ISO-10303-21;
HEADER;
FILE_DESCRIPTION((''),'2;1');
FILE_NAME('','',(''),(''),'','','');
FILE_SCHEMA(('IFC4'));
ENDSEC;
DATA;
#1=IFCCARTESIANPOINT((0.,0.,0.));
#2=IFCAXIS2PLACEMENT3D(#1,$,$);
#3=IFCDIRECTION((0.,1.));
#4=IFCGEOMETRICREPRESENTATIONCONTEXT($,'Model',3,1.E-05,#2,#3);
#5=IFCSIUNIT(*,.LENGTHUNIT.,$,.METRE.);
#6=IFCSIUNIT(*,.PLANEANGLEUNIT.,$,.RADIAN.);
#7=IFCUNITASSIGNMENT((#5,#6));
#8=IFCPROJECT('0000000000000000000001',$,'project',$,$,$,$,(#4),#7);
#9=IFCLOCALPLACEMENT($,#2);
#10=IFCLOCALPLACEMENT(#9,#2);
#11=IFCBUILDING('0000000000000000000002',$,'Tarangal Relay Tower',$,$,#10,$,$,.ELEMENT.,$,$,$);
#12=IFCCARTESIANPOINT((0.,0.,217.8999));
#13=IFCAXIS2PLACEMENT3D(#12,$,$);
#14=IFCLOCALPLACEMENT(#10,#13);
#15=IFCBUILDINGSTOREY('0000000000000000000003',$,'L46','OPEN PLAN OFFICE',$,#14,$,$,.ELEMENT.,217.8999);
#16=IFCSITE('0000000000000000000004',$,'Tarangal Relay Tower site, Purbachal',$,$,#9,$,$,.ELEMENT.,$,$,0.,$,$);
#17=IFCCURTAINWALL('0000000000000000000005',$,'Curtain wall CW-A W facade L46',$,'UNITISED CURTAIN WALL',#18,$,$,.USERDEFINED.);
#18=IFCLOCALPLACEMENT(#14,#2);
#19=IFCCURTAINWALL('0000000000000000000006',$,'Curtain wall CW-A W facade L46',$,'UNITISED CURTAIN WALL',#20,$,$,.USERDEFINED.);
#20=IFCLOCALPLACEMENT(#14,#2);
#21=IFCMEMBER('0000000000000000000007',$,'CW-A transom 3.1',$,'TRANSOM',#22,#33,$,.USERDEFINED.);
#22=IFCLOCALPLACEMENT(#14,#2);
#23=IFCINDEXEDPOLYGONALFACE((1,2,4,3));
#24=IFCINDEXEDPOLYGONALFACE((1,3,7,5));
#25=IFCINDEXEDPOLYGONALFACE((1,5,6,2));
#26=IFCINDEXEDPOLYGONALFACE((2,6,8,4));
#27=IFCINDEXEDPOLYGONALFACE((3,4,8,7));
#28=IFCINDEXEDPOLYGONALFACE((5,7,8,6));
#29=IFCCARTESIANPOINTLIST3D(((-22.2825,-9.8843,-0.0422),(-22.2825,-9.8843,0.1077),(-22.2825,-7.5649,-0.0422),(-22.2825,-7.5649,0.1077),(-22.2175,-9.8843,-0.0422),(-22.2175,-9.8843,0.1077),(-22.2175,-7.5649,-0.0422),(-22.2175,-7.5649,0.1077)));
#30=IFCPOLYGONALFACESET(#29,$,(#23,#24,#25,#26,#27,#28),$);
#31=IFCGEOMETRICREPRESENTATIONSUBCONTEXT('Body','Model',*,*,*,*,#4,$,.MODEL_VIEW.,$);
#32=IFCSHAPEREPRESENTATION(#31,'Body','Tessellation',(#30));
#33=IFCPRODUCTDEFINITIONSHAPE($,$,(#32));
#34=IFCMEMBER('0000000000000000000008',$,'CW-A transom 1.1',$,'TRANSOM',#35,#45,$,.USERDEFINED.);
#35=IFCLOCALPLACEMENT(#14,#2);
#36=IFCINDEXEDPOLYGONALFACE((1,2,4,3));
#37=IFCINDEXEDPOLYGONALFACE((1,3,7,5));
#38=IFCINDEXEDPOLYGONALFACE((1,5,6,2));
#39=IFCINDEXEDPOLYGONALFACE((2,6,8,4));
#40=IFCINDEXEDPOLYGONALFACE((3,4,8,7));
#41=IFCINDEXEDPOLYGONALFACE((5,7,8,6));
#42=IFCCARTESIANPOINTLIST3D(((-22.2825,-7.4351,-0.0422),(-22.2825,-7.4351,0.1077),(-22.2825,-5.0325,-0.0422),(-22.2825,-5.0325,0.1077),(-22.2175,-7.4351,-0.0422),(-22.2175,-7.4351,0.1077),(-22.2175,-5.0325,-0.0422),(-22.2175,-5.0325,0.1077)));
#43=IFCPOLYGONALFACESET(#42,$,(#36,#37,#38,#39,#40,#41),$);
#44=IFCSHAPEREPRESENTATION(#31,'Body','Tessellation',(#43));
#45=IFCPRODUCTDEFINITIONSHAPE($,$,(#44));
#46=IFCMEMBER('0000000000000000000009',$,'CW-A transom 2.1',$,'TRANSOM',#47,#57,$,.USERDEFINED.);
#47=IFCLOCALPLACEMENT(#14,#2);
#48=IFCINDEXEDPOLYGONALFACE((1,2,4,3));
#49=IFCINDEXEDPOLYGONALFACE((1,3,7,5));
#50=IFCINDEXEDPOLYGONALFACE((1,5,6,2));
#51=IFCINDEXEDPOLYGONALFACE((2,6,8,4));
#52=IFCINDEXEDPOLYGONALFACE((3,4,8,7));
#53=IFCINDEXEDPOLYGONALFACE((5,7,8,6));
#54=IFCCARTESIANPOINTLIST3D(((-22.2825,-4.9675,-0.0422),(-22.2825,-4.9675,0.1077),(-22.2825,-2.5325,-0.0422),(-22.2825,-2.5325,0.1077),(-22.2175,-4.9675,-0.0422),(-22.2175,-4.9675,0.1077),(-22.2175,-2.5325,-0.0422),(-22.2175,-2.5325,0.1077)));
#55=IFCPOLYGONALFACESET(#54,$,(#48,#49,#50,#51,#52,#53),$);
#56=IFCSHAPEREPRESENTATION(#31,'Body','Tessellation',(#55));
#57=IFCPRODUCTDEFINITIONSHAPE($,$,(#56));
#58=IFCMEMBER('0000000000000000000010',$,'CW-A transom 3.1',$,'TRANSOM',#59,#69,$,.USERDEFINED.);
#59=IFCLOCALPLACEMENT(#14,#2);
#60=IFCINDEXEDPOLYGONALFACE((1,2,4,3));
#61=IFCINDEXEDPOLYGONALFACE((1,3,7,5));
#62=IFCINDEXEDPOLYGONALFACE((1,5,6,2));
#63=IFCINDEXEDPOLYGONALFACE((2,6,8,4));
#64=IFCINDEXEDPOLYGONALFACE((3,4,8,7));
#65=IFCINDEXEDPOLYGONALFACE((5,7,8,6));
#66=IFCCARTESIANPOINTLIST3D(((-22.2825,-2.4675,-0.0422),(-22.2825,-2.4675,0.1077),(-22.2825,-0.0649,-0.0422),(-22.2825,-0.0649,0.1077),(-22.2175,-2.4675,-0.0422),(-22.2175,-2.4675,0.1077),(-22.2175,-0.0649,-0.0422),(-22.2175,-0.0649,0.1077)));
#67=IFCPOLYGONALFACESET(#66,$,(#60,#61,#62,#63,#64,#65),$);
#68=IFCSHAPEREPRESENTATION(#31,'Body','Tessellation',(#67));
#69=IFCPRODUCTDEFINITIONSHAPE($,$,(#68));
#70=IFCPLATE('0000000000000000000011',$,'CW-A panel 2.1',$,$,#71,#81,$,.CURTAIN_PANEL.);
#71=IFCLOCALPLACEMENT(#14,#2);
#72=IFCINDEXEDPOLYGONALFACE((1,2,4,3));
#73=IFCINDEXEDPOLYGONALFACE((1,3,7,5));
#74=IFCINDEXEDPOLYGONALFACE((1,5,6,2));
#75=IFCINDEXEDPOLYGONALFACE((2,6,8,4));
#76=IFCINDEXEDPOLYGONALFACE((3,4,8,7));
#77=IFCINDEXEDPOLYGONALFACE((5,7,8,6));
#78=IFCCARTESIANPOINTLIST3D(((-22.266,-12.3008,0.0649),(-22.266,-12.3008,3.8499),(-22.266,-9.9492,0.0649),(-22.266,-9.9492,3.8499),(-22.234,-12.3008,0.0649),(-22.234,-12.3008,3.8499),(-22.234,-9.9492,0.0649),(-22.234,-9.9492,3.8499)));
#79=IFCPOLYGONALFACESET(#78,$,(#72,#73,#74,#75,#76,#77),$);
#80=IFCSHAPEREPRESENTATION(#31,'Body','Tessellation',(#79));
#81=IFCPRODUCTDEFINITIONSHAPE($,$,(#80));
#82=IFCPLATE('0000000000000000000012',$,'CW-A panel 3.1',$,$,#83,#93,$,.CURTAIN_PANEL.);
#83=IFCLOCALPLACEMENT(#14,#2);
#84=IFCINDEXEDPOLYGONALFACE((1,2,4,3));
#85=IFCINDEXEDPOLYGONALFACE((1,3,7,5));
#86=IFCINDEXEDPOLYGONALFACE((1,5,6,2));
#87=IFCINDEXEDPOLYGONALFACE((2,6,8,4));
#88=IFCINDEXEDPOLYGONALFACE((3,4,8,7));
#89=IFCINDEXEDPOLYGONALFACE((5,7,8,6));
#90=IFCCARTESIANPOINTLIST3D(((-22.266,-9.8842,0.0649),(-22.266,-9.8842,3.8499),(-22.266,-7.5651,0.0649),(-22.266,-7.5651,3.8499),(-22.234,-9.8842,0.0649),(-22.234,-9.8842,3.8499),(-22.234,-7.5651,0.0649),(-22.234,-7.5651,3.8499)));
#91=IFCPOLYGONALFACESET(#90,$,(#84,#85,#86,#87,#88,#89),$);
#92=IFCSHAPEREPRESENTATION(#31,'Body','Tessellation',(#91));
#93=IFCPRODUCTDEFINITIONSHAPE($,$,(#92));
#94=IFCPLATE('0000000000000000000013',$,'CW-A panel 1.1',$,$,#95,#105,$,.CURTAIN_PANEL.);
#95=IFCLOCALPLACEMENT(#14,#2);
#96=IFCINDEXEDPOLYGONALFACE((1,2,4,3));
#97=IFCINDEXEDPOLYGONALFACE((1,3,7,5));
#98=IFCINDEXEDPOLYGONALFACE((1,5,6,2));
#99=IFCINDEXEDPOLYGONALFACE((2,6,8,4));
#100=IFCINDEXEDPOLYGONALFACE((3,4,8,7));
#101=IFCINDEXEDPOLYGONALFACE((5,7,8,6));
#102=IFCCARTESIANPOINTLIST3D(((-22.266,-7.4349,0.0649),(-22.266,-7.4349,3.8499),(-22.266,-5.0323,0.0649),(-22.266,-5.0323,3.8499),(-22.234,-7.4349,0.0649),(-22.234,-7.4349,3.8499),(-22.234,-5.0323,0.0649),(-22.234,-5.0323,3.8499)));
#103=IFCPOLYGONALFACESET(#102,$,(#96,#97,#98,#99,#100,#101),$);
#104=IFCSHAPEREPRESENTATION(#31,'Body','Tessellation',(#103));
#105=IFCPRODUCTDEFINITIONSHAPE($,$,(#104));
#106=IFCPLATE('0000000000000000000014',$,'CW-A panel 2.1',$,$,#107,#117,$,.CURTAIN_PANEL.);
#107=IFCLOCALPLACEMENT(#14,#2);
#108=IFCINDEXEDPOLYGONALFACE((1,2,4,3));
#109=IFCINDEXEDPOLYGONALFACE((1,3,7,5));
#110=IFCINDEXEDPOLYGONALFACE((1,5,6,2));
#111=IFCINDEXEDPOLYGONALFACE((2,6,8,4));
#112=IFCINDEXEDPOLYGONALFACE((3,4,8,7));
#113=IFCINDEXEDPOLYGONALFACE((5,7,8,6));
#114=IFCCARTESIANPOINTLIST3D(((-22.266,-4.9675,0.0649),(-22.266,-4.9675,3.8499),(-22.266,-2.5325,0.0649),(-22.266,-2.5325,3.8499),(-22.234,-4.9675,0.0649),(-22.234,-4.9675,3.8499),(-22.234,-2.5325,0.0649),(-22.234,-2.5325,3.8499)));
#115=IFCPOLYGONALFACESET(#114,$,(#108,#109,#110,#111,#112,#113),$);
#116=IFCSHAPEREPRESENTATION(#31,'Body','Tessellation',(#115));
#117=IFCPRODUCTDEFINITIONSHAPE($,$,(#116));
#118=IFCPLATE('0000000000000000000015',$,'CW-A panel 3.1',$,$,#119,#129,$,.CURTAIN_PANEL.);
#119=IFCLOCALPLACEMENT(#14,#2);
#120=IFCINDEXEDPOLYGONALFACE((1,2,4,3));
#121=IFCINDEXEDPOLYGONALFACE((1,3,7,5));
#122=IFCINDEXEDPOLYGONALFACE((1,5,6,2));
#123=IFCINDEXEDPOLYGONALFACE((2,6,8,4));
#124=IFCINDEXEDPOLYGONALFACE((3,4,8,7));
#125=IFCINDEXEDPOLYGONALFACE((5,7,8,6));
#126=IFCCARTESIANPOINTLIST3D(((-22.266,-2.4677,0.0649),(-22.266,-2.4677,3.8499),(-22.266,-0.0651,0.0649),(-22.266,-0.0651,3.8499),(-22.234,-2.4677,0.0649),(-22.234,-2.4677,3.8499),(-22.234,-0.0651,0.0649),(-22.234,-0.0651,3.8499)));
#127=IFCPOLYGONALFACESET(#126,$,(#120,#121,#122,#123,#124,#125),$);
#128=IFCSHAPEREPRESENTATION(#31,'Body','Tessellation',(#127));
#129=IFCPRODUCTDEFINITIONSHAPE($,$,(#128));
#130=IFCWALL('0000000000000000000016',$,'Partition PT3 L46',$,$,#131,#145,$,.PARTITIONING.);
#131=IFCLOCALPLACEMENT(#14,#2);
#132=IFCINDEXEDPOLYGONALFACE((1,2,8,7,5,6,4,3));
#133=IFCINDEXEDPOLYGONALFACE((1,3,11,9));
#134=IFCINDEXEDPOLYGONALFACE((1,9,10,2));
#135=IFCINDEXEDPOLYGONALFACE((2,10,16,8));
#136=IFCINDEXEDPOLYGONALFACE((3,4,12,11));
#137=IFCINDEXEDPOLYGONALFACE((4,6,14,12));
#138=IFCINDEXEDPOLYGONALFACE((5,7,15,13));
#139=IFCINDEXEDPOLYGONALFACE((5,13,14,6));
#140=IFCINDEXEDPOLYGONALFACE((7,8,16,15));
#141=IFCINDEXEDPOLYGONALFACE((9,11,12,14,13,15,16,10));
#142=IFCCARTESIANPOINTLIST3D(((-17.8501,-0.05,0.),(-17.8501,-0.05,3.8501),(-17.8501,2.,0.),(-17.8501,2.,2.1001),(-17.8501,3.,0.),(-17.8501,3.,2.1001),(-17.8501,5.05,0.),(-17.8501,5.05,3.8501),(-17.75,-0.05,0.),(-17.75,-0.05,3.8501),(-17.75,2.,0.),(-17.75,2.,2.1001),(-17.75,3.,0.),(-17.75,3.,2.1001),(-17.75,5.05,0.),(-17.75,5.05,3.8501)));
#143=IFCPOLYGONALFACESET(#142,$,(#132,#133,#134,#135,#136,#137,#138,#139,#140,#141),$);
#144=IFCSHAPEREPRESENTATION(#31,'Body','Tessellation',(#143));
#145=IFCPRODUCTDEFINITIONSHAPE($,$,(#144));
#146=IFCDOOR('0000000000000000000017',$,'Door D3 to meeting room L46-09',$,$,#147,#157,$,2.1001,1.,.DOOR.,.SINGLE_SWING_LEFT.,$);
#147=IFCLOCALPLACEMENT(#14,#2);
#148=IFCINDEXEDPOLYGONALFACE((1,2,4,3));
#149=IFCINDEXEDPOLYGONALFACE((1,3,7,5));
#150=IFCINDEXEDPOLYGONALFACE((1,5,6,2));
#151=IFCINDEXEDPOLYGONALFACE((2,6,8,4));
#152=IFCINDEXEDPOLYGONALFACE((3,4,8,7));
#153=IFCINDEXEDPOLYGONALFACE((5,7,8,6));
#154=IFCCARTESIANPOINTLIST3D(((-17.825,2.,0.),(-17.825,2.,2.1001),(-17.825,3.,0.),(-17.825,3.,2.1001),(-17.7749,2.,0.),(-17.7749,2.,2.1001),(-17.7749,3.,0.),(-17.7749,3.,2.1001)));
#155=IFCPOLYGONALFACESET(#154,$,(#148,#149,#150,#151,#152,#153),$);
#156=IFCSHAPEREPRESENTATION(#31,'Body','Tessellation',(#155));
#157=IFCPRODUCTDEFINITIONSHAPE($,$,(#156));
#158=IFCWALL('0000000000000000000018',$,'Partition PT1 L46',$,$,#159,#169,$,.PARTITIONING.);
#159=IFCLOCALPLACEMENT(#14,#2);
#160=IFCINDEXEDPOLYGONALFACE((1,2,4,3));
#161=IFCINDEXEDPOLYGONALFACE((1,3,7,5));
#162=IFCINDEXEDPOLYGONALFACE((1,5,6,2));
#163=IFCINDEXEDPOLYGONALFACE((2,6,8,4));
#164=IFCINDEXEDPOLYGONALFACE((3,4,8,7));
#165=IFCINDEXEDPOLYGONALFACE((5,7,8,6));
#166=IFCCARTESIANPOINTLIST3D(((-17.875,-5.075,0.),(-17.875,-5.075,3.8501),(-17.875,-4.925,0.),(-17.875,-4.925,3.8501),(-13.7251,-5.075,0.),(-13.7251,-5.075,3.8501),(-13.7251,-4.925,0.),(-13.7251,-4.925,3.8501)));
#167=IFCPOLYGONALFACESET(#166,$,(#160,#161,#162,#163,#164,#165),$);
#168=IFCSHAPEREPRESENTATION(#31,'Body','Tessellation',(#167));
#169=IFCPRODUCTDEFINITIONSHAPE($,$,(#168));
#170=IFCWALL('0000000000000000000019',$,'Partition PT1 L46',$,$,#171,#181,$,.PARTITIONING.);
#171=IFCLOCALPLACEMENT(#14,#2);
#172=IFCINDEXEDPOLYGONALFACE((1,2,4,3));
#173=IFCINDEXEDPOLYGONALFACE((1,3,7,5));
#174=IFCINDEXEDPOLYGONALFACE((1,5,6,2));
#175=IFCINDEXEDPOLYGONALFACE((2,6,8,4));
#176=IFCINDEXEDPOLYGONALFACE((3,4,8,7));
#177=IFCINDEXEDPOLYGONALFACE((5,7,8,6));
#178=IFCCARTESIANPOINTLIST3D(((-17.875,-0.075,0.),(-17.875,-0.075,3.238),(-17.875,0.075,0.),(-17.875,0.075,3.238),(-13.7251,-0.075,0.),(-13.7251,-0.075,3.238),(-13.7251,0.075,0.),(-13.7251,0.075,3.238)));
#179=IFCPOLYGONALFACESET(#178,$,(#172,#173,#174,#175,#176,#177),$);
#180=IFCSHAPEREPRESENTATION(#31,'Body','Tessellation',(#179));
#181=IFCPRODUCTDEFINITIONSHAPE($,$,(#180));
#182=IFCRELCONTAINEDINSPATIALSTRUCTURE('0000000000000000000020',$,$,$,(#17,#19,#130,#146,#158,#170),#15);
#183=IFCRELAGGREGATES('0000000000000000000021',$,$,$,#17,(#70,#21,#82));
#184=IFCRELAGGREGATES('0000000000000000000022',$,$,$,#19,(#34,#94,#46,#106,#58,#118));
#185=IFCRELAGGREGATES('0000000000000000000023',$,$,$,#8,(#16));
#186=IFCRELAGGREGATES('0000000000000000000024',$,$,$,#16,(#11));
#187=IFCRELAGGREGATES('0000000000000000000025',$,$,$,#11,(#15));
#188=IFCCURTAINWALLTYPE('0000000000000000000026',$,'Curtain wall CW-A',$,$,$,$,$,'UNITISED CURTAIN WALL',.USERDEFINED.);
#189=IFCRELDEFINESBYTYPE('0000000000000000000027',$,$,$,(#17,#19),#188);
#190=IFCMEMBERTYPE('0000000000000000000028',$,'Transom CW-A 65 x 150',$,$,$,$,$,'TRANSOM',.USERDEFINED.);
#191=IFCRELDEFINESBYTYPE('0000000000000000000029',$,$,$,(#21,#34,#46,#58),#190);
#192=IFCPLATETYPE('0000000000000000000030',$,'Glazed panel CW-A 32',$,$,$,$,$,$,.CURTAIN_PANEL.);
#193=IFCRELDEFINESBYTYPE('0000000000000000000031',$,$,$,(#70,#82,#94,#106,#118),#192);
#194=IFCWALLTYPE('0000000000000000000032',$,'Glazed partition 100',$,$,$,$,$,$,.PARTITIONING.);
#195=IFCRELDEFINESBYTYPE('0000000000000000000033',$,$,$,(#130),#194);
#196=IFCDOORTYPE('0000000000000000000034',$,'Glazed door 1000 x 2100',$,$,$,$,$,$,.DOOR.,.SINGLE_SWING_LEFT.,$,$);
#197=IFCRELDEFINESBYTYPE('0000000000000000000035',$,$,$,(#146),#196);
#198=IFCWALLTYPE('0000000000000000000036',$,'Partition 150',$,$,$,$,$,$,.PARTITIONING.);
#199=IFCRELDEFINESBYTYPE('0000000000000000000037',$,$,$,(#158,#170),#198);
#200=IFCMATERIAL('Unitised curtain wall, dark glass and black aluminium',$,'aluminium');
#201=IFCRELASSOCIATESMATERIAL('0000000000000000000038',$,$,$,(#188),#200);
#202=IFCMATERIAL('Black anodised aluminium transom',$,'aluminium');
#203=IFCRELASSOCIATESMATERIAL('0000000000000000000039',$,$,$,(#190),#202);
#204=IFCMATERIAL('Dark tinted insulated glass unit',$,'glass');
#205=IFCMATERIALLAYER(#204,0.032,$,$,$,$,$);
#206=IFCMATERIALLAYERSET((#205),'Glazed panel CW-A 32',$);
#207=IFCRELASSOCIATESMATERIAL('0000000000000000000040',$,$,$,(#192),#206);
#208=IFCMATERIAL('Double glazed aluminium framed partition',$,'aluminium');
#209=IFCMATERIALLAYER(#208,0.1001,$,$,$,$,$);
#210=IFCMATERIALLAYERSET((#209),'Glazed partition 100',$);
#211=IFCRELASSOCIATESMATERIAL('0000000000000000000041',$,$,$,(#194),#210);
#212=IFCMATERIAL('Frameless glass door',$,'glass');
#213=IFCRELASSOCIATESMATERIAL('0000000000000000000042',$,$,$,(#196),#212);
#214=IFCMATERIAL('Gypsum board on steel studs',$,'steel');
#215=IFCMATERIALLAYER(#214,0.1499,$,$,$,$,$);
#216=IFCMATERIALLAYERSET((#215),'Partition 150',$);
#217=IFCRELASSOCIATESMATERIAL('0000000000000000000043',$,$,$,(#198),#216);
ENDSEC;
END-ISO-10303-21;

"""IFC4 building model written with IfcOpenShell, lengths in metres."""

from ifc_helpers import new_model, si_unit, direction, frame, frame_2d, origin, origin_2d, place, context, subcontext, project, spatial, rectangle, extrude, material, layer, layer_set, material_profile, profile_set, type_object, element, fill, aggregate, save


model = new_model("IFC4")

# Units and contexts
model_context = context("Model", 3, precision=1e-05, world=origin(), true_north=direction((0.0, 1.0)))
body_context = subcontext(model_context, "Body", "Model", "MODEL_VIEW")
ifc_project = project(units=[si_unit("LENGTHUNIT", "METRE"), si_unit("PLANEANGLEUNIT", "RADIAN")], contexts=[model_context])

# Site, building, storey
site_placement = place(None, origin())
site = spatial("IfcSite", under=ifc_project, at=site_placement, Name="Tarangal Relay Tower site, Purbachal", CompositionType="ELEMENT", RefElevation=0.0)
building_placement = place(site_placement, origin())
building = spatial("IfcBuilding", under=site, at=building_placement, Name="Tarangal Relay Tower", CompositionType="ELEMENT")
storey_placement = place(building_placement, frame((0.0, 0.0, 217.8999)))
storey = spatial("IfcBuildingStorey", under=building, at=storey_placement, Name="L46", Description="OPEN PLAN OFFICE", CompositionType="ELEMENT", Elevation=217.8999)

# Curtain walls
ifc_material_1 = material(Name="Unitised curtain wall, dark glass and black aluminium", Category="aluminium")
curtain_wall_type = type_object("IfcCurtainWallType", Name="Curtain wall CW-A", ElementType="UNITISED CURTAIN WALL", PredefinedType="USERDEFINED", material=ifc_material_1)
curtain_wall_1_placement = place(storey_placement, origin())
curtain_wall_1 = element("IfcCurtainWall", 1, at=curtain_wall_1_placement, inside=storey, type_object=curtain_wall_type, Name="Curtain wall CW-A W facade L46", ObjectType="UNITISED CURTAIN WALL", PredefinedType="USERDEFINED")
curtain_wall_2_placement = place(storey_placement, origin())
curtain_wall_2 = element("IfcCurtainWall", 2, at=curtain_wall_2_placement, inside=storey, type_object=curtain_wall_type, Name="Curtain wall CW-A W facade L46", ObjectType="UNITISED CURTAIN WALL", PredefinedType="USERDEFINED")

# Members
ifc_material_2 = material(Name="Black anodised aluminium transom", Category="aluminium")
ifc_material_profile_1 = material_profile(ifc_material_2, rectangle(XDim=0.0649, YDim=0.1499, at=origin_2d()), Name="CW-AT 65X150")
ifc_profile_set_1 = profile_set([ifc_material_profile_1], Name="Black anodised aluminium transom")
member_type_1 = type_object("IfcMemberType", Name="Transom CW-A 65 x 150", ElementType="TRANSOM", PredefinedType="USERDEFINED", material=ifc_profile_set_1)
member_1_placement = place(storey_placement, frame((-22.25, -9.8843, 0.0327), z_axis=(0.0, 1.0, 0.0), x_axis=(-1.0, 0.0, 0.0)))
member_1 = element("IfcMember", 3, at=member_1_placement, type_object=member_type_1, Name="CW-A transom 3.1", ObjectType="TRANSOM", PredefinedType="USERDEFINED", context=body_context, shape_type="SweptSolid", body=[
    extrude(rectangle(XDim=0.0649, YDim=0.1499, at=origin_2d()), origin(), (0.0, 0.0, 1.0), 2.3193),
])
member_2_placement = place(storey_placement, frame((-22.25, -7.4351, 0.0327), z_axis=(0.0, 1.0, 0.0), x_axis=(-1.0, 0.0, 0.0)))
member_2 = element("IfcMember", 4, at=member_2_placement, type_object=member_type_1, Name="CW-A transom 1.1", ObjectType="TRANSOM", PredefinedType="USERDEFINED", context=body_context, shape_type="SweptSolid", body=[
    extrude(rectangle(XDim=0.0649, YDim=0.1499, at=origin_2d()), origin(), (0.0, 0.0, 1.0), 2.4026),
])
member_3_placement = place(storey_placement, frame((-22.25, -4.9675, 0.0327), z_axis=(0.0, 1.0, 0.0), x_axis=(-1.0, 0.0, 0.0)))
member_3 = element("IfcMember", 5, at=member_3_placement, type_object=member_type_1, Name="CW-A transom 2.1", ObjectType="TRANSOM", PredefinedType="USERDEFINED", context=body_context, shape_type="SweptSolid", body=[
    extrude(rectangle(XDim=0.0649, YDim=0.1499, at=origin_2d()), origin(), (0.0, 0.0, 1.0), 2.4351),
])
member_4_placement = place(storey_placement, frame((-22.25, -2.4675, 0.0327), z_axis=(0.0, 1.0, 0.0), x_axis=(-1.0, 0.0, 0.0)))
member_4 = element("IfcMember", 6, at=member_4_placement, type_object=member_type_1, Name="CW-A transom 3.1", ObjectType="TRANSOM", PredefinedType="USERDEFINED", context=body_context, shape_type="SweptSolid", body=[
    extrude(rectangle(XDim=0.0649, YDim=0.1499, at=origin_2d()), origin(), (0.0, 0.0, 1.0), 2.4026),
])

# Plates
ifc_material_3 = material(Name="Dark tinted insulated glass unit", Category="glass")
ifc_layer_1 = layer(ifc_material_3, 0.032)
ifc_layer_set_1 = layer_set([ifc_layer_1], Name="Glazed panel CW-A 32")
plate_type = type_object("IfcPlateType", Name="Glazed panel CW-A 32", PredefinedType="CURTAIN_PANEL", material=ifc_layer_set_1)
plate_1_placement = place(storey_placement, frame((-22.25, -11.125, 0.0649), z_axis=(0.0, 0.0, 1.0), x_axis=(0.0, 1.0, 0.0)))
plate_1 = element("IfcPlate", 7, at=plate_1_placement, type_object=plate_type, Name="CW-A panel 2.1", PredefinedType="CURTAIN_PANEL", context=body_context, shape_type="SweptSolid", body=[
    extrude(rectangle(XDim=2.3516, YDim=0.032, at=origin_2d()), origin(), (0.0, 0.0, 1.0), 3.7849),
])
plate_2_placement = place(storey_placement, frame((-22.25, -8.7246, 0.0649), z_axis=(0.0, 0.0, 1.0), x_axis=(0.0, 1.0, 0.0)))
plate_2 = element("IfcPlate", 8, at=plate_2_placement, type_object=plate_type, Name="CW-A panel 3.1", PredefinedType="CURTAIN_PANEL", context=body_context, shape_type="SweptSolid", body=[
    extrude(rectangle(XDim=2.3191, YDim=0.032, at=origin_2d()), origin(), (0.0, 0.0, 1.0), 3.7849),
])
aggregate(curtain_wall_1, [plate_1, member_1, plate_2])
plate_3_placement = place(storey_placement, frame((-22.25, -6.2336, 0.0649), z_axis=(0.0, 0.0, 1.0), x_axis=(0.0, 1.0, 0.0)))
plate_3 = element("IfcPlate", 9, at=plate_3_placement, type_object=plate_type, Name="CW-A panel 1.1", PredefinedType="CURTAIN_PANEL", context=body_context, shape_type="SweptSolid", body=[
    extrude(rectangle(XDim=2.4026, YDim=0.032, at=origin_2d()), origin(), (0.0, 0.0, 1.0), 3.7849),
])
plate_4_placement = place(storey_placement, frame((-22.25, -3.75, 0.0649), z_axis=(0.0, 0.0, 1.0), x_axis=(0.0, 1.0, 0.0)))
plate_4 = element("IfcPlate", 10, at=plate_4_placement, type_object=plate_type, Name="CW-A panel 2.1", PredefinedType="CURTAIN_PANEL", context=body_context, shape_type="SweptSolid", body=[
    extrude(rectangle(XDim=2.4351, YDim=0.032, at=origin_2d()), origin(), (0.0, 0.0, 1.0), 3.7849),
])
plate_5_placement = place(storey_placement, frame((-22.25, -1.2664, 0.0649), z_axis=(0.0, 0.0, 1.0), x_axis=(0.0, 1.0, 0.0)))
plate_5 = element("IfcPlate", 11, at=plate_5_placement, type_object=plate_type, Name="CW-A panel 3.1", PredefinedType="CURTAIN_PANEL", context=body_context, shape_type="SweptSolid", body=[
    extrude(rectangle(XDim=2.4026, YDim=0.032, at=origin_2d()), origin(), (0.0, 0.0, 1.0), 3.7849),
])
aggregate(curtain_wall_2, [member_2, plate_3, member_3, plate_4, member_4, plate_5])

# Wall, opening, door
ifc_material_4 = material(Name="Double glazed aluminium framed partition", Category="aluminium")
ifc_layer_2 = layer(ifc_material_4, 0.1001)
ifc_layer_set_2 = layer_set([ifc_layer_2], Name="Glazed partition 100")
wall_type_1 = type_object("IfcWallType", Name="Glazed partition 100", PredefinedType="PARTITIONING", material=ifc_layer_set_2)
wall_1_placement = place(storey_placement, frame((-17.8, -0.05, 0.0), z_axis=(0.0, 0.0, 1.0), x_axis=(0.0, 1.0, 0.0)))
wall_1 = element("IfcWall", 12, at=wall_1_placement, inside=storey, type_object=wall_type_1, Name="Partition PT3 L46", PredefinedType="PARTITIONING", context=body_context, shape_type="SweptSolid", body=[
    extrude(rectangle(XDim=5.1001, YDim=0.1001, at=frame_2d((2.55, 0.0))), origin(), (0.0, 0.0, 1.0), 3.8501),
])
opening_1_placement = place(wall_1_placement, frame((2.05, 0.0, 0.0)))
opening_1 = element("IfcOpeningElement", 13, at=opening_1_placement, cuts=wall_1, PredefinedType="OPENING", context=body_context, shape_type="SweptSolid", body=[
    extrude(rectangle(XDim=1.0, YDim=2.1001, at=frame_2d((0.5, 1.05))), frame((0.0, 0.0601, 0.0), z_axis=(0.0, -1.0, 0.0), x_axis=(1.0, 0.0, 0.0)), (0.0, 0.0, 1.0), 0.1201),
])
ifc_material_5 = material(Name="Frameless glass door", Category="glass")
door_type_1 = type_object("IfcDoorType", Name="Glazed door 1000 x 2100", OperationType="SINGLE_SWING_LEFT", PredefinedType="DOOR", material=ifc_material_5)
door_1_placement = place(opening_1_placement, origin())
door_1 = element("IfcDoor", 14, at=door_1_placement, inside=storey, type_object=door_type_1, Name="Door D3 to meeting room L46-09", OperationType="SINGLE_SWING_LEFT", OverallHeight=2.1001, OverallWidth=1.0, PredefinedType="DOOR", context=body_context, shape_type="SweptSolid", body=[
    extrude(rectangle(XDim=1.0, YDim=2.1001, at=frame_2d((0.5, 1.05))), frame((0.0, 0.0249, 0.0), z_axis=(0.0, -1.0, 0.0), x_axis=(1.0, 0.0, 0.0)), (0.0, 0.0, 1.0), 0.05),
])
fill(opening_1, door_1)

# Walls
ifc_material_6 = material(Name="Gypsum board on steel studs", Category="steel")
ifc_layer_3 = layer(ifc_material_6, 0.1499)
ifc_layer_set_3 = layer_set([ifc_layer_3], Name="Partition 150")
wall_type_2 = type_object("IfcWallType", Name="Partition 150", PredefinedType="PARTITIONING", material=ifc_layer_set_3)
wall_2_placement = place(storey_placement, frame((-17.875, -5.0, 0.0), z_axis=(0.0, 0.0, 1.0), x_axis=(1.0, 0.0, 0.0)))
element("IfcWall", 15, at=wall_2_placement, inside=storey, type_object=wall_type_2, Name="Partition PT1 L46", PredefinedType="PARTITIONING", context=body_context, shape_type="SweptSolid", body=[
    extrude(rectangle(XDim=4.1499, YDim=0.1499, at=frame_2d((2.075, 0.0))), origin(), (0.0, 0.0, 1.0), 3.8501),
])
wall_3_placement = place(storey_placement, frame((-17.875, 0.0, 0.0), z_axis=(0.0, 0.0, 1.0), x_axis=(1.0, 0.0, 0.0)))
element("IfcWall", 16, at=wall_3_placement, inside=storey, type_object=wall_type_2, Name="Partition PT1 L46", PredefinedType="PARTITIONING", context=body_context, shape_type="SweptSolid", body=[
    extrude(rectangle(XDim=4.1499, YDim=0.1499, at=frame_2d((2.075, 0.0))), origin(), (0.0, 0.0, 1.0), 3.238),
])

save(model, "model.ifc")
